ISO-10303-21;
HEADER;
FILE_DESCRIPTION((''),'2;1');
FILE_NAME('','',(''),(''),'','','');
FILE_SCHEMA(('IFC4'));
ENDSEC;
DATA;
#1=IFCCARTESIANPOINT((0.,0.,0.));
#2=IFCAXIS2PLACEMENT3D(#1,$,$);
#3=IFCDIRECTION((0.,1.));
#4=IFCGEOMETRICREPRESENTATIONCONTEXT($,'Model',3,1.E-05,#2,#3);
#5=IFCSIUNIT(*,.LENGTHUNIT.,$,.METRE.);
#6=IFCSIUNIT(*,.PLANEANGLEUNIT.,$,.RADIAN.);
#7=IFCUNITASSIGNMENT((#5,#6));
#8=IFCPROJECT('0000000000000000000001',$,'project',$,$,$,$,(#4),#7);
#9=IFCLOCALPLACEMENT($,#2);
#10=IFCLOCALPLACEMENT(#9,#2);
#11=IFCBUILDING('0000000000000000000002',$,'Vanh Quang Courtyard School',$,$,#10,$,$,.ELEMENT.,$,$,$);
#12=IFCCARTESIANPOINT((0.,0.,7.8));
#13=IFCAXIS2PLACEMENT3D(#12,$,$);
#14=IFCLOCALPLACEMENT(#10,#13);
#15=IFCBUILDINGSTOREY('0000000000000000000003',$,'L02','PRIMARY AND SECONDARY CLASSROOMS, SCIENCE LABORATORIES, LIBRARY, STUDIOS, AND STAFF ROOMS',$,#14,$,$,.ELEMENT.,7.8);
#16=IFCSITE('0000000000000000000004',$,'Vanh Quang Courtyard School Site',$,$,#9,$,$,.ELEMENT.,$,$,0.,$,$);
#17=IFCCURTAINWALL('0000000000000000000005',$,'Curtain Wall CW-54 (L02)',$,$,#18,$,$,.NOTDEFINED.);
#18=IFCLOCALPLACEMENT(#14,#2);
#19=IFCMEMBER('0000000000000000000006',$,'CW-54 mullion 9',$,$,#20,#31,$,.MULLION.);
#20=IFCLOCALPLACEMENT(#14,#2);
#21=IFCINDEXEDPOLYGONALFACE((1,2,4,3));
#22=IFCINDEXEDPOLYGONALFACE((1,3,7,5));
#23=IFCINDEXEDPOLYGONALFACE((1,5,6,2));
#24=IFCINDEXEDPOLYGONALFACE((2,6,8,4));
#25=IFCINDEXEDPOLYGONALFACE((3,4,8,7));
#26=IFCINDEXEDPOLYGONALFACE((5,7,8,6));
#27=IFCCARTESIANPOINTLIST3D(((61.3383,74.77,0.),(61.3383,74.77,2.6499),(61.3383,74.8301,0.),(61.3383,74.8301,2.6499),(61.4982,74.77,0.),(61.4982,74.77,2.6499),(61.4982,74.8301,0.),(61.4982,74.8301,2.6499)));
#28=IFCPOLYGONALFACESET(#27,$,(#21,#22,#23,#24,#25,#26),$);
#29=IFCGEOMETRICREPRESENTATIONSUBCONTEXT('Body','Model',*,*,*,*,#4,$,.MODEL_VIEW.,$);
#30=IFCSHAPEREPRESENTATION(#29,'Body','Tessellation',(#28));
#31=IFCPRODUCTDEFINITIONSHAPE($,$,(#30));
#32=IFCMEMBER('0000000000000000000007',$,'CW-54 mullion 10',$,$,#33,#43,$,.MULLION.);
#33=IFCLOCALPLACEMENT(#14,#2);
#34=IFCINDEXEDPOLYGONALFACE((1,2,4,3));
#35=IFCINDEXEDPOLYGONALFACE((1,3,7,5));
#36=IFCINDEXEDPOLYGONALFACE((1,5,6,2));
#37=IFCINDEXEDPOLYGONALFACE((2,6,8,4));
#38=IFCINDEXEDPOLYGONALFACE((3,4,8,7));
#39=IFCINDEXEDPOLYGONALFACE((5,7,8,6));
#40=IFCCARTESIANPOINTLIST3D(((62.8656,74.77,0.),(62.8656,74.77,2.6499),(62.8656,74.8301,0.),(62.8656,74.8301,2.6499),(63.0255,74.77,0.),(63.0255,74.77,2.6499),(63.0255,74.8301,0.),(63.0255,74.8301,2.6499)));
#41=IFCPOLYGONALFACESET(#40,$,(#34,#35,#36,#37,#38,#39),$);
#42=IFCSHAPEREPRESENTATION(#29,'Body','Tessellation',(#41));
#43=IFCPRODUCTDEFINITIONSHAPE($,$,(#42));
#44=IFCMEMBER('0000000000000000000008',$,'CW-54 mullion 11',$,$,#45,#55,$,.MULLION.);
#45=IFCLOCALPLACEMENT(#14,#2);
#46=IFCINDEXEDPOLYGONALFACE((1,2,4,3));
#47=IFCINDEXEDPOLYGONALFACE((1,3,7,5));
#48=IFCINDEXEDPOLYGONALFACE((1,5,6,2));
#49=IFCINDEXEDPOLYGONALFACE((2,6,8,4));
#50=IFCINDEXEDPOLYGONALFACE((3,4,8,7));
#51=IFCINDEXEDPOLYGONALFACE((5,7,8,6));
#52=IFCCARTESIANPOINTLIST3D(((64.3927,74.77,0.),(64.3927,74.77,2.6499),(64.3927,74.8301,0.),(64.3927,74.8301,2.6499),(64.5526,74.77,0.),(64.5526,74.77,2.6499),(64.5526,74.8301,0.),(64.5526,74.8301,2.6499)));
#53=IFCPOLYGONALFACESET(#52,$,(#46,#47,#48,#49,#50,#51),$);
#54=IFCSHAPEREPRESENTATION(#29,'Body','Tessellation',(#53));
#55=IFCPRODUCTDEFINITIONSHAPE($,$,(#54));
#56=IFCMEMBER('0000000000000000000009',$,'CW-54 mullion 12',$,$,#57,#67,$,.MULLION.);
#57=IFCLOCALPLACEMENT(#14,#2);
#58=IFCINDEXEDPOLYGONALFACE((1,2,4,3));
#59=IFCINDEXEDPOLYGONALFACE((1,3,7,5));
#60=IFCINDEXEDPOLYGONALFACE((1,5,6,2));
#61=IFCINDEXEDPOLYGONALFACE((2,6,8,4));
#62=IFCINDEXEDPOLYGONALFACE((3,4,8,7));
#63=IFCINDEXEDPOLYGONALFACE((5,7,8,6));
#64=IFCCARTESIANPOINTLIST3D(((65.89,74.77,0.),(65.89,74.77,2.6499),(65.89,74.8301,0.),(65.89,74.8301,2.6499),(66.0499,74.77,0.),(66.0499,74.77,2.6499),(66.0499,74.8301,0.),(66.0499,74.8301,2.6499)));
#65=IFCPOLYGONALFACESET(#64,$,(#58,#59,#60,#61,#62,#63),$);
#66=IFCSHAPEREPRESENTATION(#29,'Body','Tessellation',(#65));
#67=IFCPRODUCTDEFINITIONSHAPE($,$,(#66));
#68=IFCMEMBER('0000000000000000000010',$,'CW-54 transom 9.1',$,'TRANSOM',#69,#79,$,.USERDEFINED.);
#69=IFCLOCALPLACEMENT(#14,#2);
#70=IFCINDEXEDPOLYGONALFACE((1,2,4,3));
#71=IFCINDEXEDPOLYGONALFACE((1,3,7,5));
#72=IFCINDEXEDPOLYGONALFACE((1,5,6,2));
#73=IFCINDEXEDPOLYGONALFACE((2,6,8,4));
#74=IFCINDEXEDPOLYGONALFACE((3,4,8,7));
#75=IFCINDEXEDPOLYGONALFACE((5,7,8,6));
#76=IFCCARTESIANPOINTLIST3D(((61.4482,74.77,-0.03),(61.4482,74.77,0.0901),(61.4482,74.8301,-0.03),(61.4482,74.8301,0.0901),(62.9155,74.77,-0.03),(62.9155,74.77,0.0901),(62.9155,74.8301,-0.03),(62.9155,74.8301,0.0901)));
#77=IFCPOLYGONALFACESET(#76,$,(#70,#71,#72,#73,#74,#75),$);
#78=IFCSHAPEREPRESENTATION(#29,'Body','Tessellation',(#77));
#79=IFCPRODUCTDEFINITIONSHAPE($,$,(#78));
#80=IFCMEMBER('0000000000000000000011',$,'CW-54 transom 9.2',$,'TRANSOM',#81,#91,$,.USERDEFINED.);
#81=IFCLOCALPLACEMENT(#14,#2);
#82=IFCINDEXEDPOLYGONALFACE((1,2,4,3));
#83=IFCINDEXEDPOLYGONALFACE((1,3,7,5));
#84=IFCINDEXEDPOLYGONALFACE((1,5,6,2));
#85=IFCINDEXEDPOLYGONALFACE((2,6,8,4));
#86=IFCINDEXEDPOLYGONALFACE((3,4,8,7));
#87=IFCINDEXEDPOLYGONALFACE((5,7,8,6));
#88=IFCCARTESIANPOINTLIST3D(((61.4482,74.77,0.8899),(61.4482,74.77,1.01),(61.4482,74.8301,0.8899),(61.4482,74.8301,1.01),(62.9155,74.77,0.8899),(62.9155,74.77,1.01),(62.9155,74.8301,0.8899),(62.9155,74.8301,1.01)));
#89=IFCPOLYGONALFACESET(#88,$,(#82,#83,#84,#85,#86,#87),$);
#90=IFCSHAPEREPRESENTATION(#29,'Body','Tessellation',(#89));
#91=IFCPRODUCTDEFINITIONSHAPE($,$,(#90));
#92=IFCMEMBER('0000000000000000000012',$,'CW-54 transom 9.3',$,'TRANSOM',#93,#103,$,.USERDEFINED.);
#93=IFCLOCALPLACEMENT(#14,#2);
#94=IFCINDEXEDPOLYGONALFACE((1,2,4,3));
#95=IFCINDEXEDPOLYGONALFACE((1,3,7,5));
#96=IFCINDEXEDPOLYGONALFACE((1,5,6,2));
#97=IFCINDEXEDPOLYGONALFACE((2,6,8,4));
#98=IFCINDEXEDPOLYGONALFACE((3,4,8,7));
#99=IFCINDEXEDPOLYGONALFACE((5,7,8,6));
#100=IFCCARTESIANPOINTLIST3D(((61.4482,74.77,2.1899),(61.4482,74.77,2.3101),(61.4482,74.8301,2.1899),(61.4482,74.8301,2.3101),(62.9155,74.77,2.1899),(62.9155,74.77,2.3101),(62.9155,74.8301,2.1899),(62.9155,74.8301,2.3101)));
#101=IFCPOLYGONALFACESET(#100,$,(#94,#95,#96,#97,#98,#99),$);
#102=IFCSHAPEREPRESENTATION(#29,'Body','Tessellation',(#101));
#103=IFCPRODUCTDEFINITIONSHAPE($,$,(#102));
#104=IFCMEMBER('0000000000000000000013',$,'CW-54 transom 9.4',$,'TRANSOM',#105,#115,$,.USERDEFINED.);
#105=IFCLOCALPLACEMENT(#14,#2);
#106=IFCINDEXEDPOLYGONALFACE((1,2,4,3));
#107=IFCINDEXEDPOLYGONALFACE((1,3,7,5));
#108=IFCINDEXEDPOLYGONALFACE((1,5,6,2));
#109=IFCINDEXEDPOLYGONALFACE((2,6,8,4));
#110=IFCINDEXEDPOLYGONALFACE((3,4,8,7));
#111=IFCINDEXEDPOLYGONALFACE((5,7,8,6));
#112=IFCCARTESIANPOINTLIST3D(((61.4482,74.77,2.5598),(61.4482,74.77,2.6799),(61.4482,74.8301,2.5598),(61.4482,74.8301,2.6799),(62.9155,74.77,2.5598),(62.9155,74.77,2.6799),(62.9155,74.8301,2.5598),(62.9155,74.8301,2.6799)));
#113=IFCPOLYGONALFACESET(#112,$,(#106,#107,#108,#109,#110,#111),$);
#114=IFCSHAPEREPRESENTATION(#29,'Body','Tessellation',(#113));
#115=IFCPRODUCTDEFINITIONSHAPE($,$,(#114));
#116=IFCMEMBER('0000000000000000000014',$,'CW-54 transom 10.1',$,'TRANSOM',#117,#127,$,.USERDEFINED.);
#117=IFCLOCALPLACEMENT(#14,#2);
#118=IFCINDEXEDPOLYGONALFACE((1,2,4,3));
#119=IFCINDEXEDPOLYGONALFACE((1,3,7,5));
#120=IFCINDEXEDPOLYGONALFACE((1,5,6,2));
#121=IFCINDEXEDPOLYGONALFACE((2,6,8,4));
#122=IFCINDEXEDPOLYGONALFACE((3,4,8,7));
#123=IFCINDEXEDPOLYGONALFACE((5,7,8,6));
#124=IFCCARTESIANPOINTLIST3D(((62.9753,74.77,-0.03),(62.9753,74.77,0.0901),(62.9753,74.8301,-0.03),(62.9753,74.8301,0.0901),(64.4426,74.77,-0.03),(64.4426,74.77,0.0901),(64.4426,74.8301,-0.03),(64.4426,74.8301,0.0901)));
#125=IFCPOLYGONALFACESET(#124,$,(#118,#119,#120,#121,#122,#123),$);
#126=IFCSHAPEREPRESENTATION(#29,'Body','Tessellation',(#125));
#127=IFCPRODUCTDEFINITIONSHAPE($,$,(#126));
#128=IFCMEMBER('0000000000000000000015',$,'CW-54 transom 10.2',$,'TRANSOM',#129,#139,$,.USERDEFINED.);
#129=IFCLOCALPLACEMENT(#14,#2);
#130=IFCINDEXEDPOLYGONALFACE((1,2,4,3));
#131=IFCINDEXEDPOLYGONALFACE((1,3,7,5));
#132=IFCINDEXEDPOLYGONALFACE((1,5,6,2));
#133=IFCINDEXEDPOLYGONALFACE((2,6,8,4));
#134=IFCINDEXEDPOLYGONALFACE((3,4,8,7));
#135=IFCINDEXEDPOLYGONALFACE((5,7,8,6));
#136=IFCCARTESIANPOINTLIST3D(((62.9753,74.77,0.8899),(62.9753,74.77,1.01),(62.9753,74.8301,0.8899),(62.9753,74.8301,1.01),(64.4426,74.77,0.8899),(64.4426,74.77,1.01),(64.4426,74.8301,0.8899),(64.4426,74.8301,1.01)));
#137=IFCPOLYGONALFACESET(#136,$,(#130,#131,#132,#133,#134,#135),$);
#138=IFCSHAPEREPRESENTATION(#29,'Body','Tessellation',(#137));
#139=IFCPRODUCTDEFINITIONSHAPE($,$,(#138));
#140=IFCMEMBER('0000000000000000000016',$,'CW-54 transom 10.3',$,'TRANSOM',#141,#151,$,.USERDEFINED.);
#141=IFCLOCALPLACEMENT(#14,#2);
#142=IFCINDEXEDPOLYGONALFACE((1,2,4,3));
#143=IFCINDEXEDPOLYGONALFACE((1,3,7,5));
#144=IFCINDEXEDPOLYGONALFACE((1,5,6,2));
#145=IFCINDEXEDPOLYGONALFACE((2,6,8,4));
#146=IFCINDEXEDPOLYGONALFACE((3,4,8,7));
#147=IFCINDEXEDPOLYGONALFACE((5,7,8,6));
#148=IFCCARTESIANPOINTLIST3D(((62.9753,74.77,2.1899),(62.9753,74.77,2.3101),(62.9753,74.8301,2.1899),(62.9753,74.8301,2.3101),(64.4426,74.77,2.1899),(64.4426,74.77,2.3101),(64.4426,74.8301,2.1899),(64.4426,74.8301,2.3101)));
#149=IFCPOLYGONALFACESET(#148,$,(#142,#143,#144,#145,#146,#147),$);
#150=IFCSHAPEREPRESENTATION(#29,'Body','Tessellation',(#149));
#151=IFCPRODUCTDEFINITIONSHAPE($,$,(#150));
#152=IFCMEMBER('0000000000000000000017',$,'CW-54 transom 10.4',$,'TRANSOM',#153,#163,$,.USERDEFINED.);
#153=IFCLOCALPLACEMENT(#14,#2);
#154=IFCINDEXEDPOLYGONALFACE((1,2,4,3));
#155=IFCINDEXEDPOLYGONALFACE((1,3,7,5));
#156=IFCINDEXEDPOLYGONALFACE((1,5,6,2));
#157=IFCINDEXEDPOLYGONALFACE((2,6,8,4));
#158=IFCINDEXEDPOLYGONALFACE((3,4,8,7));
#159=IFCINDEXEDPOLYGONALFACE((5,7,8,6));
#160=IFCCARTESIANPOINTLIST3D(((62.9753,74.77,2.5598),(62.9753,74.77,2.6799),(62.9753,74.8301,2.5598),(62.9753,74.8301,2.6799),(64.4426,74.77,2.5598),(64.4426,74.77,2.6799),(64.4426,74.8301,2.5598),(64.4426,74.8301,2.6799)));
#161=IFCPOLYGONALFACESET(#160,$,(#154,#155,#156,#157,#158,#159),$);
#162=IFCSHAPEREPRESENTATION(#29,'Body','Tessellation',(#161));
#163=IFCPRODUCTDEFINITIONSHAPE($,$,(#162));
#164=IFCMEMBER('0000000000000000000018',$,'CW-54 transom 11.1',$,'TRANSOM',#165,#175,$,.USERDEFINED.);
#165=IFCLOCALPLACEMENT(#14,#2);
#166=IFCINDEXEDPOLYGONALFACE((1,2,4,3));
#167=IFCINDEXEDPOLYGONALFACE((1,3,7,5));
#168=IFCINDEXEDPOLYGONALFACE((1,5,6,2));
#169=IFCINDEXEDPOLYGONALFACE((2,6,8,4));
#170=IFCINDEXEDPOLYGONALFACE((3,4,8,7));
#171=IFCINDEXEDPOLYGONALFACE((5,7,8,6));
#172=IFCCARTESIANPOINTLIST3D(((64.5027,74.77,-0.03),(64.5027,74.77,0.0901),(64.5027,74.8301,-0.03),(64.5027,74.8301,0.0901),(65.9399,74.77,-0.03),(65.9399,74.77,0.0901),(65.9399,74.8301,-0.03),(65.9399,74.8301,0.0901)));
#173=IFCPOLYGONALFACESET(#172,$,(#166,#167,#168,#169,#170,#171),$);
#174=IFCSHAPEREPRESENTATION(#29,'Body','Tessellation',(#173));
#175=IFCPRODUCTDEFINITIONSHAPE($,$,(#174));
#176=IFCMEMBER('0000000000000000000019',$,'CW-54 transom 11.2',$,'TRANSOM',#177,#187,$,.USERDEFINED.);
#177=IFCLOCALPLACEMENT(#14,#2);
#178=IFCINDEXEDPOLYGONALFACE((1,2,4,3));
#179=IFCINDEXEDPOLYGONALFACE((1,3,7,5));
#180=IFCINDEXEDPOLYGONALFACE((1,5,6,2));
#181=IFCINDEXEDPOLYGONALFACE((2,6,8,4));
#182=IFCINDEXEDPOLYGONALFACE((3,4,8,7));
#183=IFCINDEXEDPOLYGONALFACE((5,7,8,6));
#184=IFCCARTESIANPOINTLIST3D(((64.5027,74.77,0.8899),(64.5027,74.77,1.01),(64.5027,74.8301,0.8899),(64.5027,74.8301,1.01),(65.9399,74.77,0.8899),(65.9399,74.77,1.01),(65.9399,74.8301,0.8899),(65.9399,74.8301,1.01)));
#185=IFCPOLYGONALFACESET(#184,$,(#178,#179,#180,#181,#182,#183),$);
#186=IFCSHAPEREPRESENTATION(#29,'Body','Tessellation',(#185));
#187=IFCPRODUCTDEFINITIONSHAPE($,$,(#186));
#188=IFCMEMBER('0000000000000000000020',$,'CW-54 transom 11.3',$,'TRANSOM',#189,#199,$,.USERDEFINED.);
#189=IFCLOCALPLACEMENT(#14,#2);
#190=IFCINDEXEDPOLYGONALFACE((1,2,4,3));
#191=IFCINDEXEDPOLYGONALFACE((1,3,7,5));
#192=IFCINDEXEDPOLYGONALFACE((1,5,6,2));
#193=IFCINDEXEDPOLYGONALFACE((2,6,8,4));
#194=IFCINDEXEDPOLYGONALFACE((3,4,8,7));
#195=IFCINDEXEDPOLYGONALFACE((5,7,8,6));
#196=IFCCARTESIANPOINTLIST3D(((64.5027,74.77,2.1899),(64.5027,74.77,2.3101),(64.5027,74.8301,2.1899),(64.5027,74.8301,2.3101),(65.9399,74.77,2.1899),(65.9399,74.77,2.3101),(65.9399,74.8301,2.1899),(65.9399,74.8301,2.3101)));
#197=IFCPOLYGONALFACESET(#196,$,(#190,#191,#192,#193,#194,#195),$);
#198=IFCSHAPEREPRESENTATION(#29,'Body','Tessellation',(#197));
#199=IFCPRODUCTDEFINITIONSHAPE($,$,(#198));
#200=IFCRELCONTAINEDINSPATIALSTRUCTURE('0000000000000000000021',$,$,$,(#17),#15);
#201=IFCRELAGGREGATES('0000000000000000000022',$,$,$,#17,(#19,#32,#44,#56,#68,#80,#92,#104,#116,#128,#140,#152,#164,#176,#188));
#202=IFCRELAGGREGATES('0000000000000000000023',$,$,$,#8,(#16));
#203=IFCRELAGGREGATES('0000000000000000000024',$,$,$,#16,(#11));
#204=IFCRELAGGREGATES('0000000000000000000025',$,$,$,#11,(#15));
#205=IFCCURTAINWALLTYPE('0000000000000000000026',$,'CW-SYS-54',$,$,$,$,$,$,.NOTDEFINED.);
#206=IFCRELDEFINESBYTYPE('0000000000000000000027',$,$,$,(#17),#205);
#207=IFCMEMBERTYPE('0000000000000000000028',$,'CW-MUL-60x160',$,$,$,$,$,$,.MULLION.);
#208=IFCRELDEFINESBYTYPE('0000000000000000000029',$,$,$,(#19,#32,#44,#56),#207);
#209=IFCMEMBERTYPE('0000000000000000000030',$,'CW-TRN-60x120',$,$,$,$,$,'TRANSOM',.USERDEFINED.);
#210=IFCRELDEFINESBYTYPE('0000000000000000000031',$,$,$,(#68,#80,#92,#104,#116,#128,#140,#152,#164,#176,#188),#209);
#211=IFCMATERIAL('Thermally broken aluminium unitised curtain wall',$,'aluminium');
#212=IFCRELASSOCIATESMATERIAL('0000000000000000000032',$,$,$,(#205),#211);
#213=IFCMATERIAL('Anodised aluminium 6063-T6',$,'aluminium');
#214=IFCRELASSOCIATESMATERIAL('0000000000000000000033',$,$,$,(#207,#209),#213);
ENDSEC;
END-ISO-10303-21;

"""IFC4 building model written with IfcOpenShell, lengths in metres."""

from ifc_helpers import new_model, si_unit, direction, frame, origin, origin_2d, place, context, subcontext, project, spatial, rectangle, extrude, material, material_profile, profile_set, type_object, element, aggregate, save


model = new_model("IFC4")

# Units and contexts
model_context = context("Model", 3, precision=1e-05, world=origin(), true_north=direction((0.0, 1.0)))
body_context = subcontext(model_context, "Body", "Model", "MODEL_VIEW")
ifc_project = project(units=[si_unit("LENGTHUNIT", "METRE"), si_unit("PLANEANGLEUNIT", "RADIAN")], contexts=[model_context])

# Site, building, storey
site_placement = place(None, origin())
site = spatial("IfcSite", under=ifc_project, at=site_placement, Name="Vanh Quang Courtyard School Site", CompositionType="ELEMENT", RefElevation=0.0)
building_placement = place(site_placement, origin())
building = spatial("IfcBuilding", under=site, at=building_placement, Name="Vanh Quang Courtyard School", CompositionType="ELEMENT")
storey_placement = place(building_placement, frame((0.0, 0.0, 7.8)))
storey = spatial("IfcBuildingStorey", under=building, at=storey_placement, Name="L02", Description="PRIMARY AND SECONDARY CLASSROOMS, SCIENCE LABORATORIES, LIBRARY, STUDIOS, AND STAFF ROOMS", CompositionType="ELEMENT", Elevation=7.8)

# Curtain wall, members
ifc_material_1 = material(Name="Thermally broken aluminium unitised curtain wall", Category="aluminium")
curtain_wall_type = type_object("IfcCurtainWallType", Name="CW-SYS-54", PredefinedType="NOTDEFINED", material=ifc_material_1)
curtain_wall_placement = place(storey_placement, origin())
curtain_wall = element("IfcCurtainWall", 1, at=curtain_wall_placement, inside=storey, type_object=curtain_wall_type, Name="Curtain Wall CW-54 (L02)", PredefinedType="NOTDEFINED")
ifc_material_2 = material(Name="Anodised aluminium 6063-T6", Category="aluminium")
ifc_material_profile_1 = material_profile(ifc_material_2, rectangle(XDim=0.0601, YDim=0.1599, at=origin_2d()), Name="ALU-MUL 60x160")
ifc_profile_set_1 = profile_set([ifc_material_profile_1], Name="Anodised aluminium 6063-T6")
member_type_1 = type_object("IfcMemberType", Name="CW-MUL-60x160", PredefinedType="MULLION", material=ifc_profile_set_1)
member_1_placement = place(storey_placement, frame((61.4182, 74.8, 0.0), z_axis=(0.0, 0.0, 1.0), x_axis=(0.0, 1.0, 0.0)))
member_1 = element("IfcMember", 2, at=member_1_placement, type_object=member_type_1, Name="CW-54 mullion 9", PredefinedType="MULLION", context=body_context, shape_type="SweptSolid", body=[
    extrude(rectangle(XDim=0.0601, YDim=0.1599, at=origin_2d()), origin(), (0.0, 0.0, 1.0), 2.6499),
])
member_2_placement = place(storey_placement, frame((62.9456, 74.8, 0.0), z_axis=(0.0, 0.0, 1.0), x_axis=(0.0, 1.0, 0.0)))
member_2 = element("IfcMember", 3, at=member_2_placement, type_object=member_type_1, Name="CW-54 mullion 10", PredefinedType="MULLION", context=body_context, shape_type="SweptSolid", body=[
    extrude(rectangle(XDim=0.0601, YDim=0.1599, at=origin_2d()), origin(), (0.0, 0.0, 1.0), 2.6499),
])
member_3_placement = place(storey_placement, frame((64.4727, 74.8, 0.0), z_axis=(0.0, 0.0, 1.0), x_axis=(0.0, 1.0, 0.0)))
member_3 = element("IfcMember", 4, at=member_3_placement, type_object=member_type_1, Name="CW-54 mullion 11", PredefinedType="MULLION", context=body_context, shape_type="SweptSolid", body=[
    extrude(rectangle(XDim=0.0601, YDim=0.1599, at=origin_2d()), origin(), (0.0, 0.0, 1.0), 2.6499),
])
member_4_placement = place(storey_placement, frame((65.97, 74.8, 0.0), z_axis=(0.0, 0.0, 1.0), x_axis=(0.0, 1.0, 0.0)))
member_4 = element("IfcMember", 5, at=member_4_placement, type_object=member_type_1, Name="CW-54 mullion 12", PredefinedType="MULLION", context=body_context, shape_type="SweptSolid", body=[
    extrude(rectangle(XDim=0.0601, YDim=0.1599, at=origin_2d()), origin(), (0.0, 0.0, 1.0), 2.6499),
])
ifc_material_profile_2 = material_profile(ifc_material_2, rectangle(XDim=0.0601, YDim=0.1201, at=origin_2d()), Name="ALU-TRN 60x120")
ifc_profile_set_2 = profile_set([ifc_material_profile_2], Name="Anodised aluminium 6063-T6")
member_type_2 = type_object("IfcMemberType", Name="CW-TRN-60x120", ElementType="TRANSOM", PredefinedType="USERDEFINED", material=ifc_profile_set_2)
member_5_placement = place(storey_placement, frame((61.4482, 74.8, 0.03), z_axis=(1.0, 0.0, 0.0), x_axis=(0.0, 1.0, 0.0)))
member_5 = element("IfcMember", 6, at=member_5_placement, type_object=member_type_2, Name="CW-54 transom 9.1", ObjectType="TRANSOM", PredefinedType="USERDEFINED", context=body_context, shape_type="SweptSolid", body=[
    extrude(rectangle(XDim=0.0601, YDim=0.1201, at=origin_2d()), origin(), (0.0, 0.0, 1.0), 1.4673),
])
member_6_placement = place(storey_placement, frame((61.4482, 74.8, 0.95), z_axis=(1.0, 0.0, 0.0), x_axis=(0.0, 1.0, 0.0)))
member_6 = element("IfcMember", 7, at=member_6_placement, type_object=member_type_2, Name="CW-54 transom 9.2", ObjectType="TRANSOM", PredefinedType="USERDEFINED", context=body_context, shape_type="SweptSolid", body=[
    extrude(rectangle(XDim=0.0601, YDim=0.1201, at=origin_2d()), origin(), (0.0, 0.0, 1.0), 1.4673),
])
member_7_placement = place(storey_placement, frame((61.4482, 74.8, 2.25), z_axis=(1.0, 0.0, 0.0), x_axis=(0.0, 1.0, 0.0)))
member_7 = element("IfcMember", 8, at=member_7_placement, type_object=member_type_2, Name="CW-54 transom 9.3", ObjectType="TRANSOM", PredefinedType="USERDEFINED", context=body_context, shape_type="SweptSolid", body=[
    extrude(rectangle(XDim=0.0601, YDim=0.1201, at=origin_2d()), origin(), (0.0, 0.0, 1.0), 1.4673),
])
member_8_placement = place(storey_placement, frame((61.4482, 74.8, 2.6199), z_axis=(1.0, 0.0, 0.0), x_axis=(0.0, 1.0, 0.0)))
member_8 = element("IfcMember", 9, at=member_8_placement, type_object=member_type_2, Name="CW-54 transom 9.4", ObjectType="TRANSOM", PredefinedType="USERDEFINED", context=body_context, shape_type="SweptSolid", body=[
    extrude(rectangle(XDim=0.0601, YDim=0.1201, at=origin_2d()), origin(), (0.0, 0.0, 1.0), 1.4673),
])
member_9_placement = place(storey_placement, frame((62.9753, 74.8, 0.03), z_axis=(1.0, 0.0, 0.0), x_axis=(0.0, 1.0, 0.0)))
member_9 = element("IfcMember", 10, at=member_9_placement, type_object=member_type_2, Name="CW-54 transom 10.1", ObjectType="TRANSOM", PredefinedType="USERDEFINED", context=body_context, shape_type="SweptSolid", body=[
    extrude(rectangle(XDim=0.0601, YDim=0.1201, at=origin_2d()), origin(), (0.0, 0.0, 1.0), 1.4673),
])
member_10_placement = place(storey_placement, frame((62.9753, 74.8, 0.95), z_axis=(1.0, 0.0, 0.0), x_axis=(0.0, 1.0, 0.0)))
member_10 = element("IfcMember", 11, at=member_10_placement, type_object=member_type_2, Name="CW-54 transom 10.2", ObjectType="TRANSOM", PredefinedType="USERDEFINED", context=body_context, shape_type="SweptSolid", body=[
    extrude(rectangle(XDim=0.0601, YDim=0.1201, at=origin_2d()), origin(), (0.0, 0.0, 1.0), 1.4673),
])
member_11_placement = place(storey_placement, frame((62.9753, 74.8, 2.25), z_axis=(1.0, 0.0, 0.0), x_axis=(0.0, 1.0, 0.0)))
member_11 = element("IfcMember", 12, at=member_11_placement, type_object=member_type_2, Name="CW-54 transom 10.3", ObjectType="TRANSOM", PredefinedType="USERDEFINED", context=body_context, shape_type="SweptSolid", body=[
    extrude(rectangle(XDim=0.0601, YDim=0.1201, at=origin_2d()), origin(), (0.0, 0.0, 1.0), 1.4673),
])
member_12_placement = place(storey_placement, frame((62.9753, 74.8, 2.6199), z_axis=(1.0, 0.0, 0.0), x_axis=(0.0, 1.0, 0.0)))
member_12 = element("IfcMember", 13, at=member_12_placement, type_object=member_type_2, Name="CW-54 transom 10.4", ObjectType="TRANSOM", PredefinedType="USERDEFINED", context=body_context, shape_type="SweptSolid", body=[
    extrude(rectangle(XDim=0.0601, YDim=0.1201, at=origin_2d()), origin(), (0.0, 0.0, 1.0), 1.4673),
])
member_13_placement = place(storey_placement, frame((64.5027, 74.8, 0.03), z_axis=(1.0, 0.0, 0.0), x_axis=(0.0, 1.0, 0.0)))
member_13 = element("IfcMember", 14, at=member_13_placement, type_object=member_type_2, Name="CW-54 transom 11.1", ObjectType="TRANSOM", PredefinedType="USERDEFINED", context=body_context, shape_type="SweptSolid", body=[
    extrude(rectangle(XDim=0.0601, YDim=0.1201, at=origin_2d()), origin(), (0.0, 0.0, 1.0), 1.4373),
])
member_14_placement = place(storey_placement, frame((64.5027, 74.8, 0.95), z_axis=(1.0, 0.0, 0.0), x_axis=(0.0, 1.0, 0.0)))
member_14 = element("IfcMember", 15, at=member_14_placement, type_object=member_type_2, Name="CW-54 transom 11.2", ObjectType="TRANSOM", PredefinedType="USERDEFINED", context=body_context, shape_type="SweptSolid", body=[
    extrude(rectangle(XDim=0.0601, YDim=0.1201, at=origin_2d()), origin(), (0.0, 0.0, 1.0), 1.4373),
])
member_15_placement = place(storey_placement, frame((64.5027, 74.8, 2.25), z_axis=(1.0, 0.0, 0.0), x_axis=(0.0, 1.0, 0.0)))
member_15 = element("IfcMember", 16, at=member_15_placement, type_object=member_type_2, Name="CW-54 transom 11.3", ObjectType="TRANSOM", PredefinedType="USERDEFINED", context=body_context, shape_type="SweptSolid", body=[
    extrude(rectangle(XDim=0.0601, YDim=0.1201, at=origin_2d()), origin(), (0.0, 0.0, 1.0), 1.4373),
])
aggregate(curtain_wall, [member_1, member_2, member_3, member_4, member_5, member_6, member_7, member_8, member_9, member_10, member_11, member_12, member_13, member_14, member_15])

save(model, "model.ifc")
